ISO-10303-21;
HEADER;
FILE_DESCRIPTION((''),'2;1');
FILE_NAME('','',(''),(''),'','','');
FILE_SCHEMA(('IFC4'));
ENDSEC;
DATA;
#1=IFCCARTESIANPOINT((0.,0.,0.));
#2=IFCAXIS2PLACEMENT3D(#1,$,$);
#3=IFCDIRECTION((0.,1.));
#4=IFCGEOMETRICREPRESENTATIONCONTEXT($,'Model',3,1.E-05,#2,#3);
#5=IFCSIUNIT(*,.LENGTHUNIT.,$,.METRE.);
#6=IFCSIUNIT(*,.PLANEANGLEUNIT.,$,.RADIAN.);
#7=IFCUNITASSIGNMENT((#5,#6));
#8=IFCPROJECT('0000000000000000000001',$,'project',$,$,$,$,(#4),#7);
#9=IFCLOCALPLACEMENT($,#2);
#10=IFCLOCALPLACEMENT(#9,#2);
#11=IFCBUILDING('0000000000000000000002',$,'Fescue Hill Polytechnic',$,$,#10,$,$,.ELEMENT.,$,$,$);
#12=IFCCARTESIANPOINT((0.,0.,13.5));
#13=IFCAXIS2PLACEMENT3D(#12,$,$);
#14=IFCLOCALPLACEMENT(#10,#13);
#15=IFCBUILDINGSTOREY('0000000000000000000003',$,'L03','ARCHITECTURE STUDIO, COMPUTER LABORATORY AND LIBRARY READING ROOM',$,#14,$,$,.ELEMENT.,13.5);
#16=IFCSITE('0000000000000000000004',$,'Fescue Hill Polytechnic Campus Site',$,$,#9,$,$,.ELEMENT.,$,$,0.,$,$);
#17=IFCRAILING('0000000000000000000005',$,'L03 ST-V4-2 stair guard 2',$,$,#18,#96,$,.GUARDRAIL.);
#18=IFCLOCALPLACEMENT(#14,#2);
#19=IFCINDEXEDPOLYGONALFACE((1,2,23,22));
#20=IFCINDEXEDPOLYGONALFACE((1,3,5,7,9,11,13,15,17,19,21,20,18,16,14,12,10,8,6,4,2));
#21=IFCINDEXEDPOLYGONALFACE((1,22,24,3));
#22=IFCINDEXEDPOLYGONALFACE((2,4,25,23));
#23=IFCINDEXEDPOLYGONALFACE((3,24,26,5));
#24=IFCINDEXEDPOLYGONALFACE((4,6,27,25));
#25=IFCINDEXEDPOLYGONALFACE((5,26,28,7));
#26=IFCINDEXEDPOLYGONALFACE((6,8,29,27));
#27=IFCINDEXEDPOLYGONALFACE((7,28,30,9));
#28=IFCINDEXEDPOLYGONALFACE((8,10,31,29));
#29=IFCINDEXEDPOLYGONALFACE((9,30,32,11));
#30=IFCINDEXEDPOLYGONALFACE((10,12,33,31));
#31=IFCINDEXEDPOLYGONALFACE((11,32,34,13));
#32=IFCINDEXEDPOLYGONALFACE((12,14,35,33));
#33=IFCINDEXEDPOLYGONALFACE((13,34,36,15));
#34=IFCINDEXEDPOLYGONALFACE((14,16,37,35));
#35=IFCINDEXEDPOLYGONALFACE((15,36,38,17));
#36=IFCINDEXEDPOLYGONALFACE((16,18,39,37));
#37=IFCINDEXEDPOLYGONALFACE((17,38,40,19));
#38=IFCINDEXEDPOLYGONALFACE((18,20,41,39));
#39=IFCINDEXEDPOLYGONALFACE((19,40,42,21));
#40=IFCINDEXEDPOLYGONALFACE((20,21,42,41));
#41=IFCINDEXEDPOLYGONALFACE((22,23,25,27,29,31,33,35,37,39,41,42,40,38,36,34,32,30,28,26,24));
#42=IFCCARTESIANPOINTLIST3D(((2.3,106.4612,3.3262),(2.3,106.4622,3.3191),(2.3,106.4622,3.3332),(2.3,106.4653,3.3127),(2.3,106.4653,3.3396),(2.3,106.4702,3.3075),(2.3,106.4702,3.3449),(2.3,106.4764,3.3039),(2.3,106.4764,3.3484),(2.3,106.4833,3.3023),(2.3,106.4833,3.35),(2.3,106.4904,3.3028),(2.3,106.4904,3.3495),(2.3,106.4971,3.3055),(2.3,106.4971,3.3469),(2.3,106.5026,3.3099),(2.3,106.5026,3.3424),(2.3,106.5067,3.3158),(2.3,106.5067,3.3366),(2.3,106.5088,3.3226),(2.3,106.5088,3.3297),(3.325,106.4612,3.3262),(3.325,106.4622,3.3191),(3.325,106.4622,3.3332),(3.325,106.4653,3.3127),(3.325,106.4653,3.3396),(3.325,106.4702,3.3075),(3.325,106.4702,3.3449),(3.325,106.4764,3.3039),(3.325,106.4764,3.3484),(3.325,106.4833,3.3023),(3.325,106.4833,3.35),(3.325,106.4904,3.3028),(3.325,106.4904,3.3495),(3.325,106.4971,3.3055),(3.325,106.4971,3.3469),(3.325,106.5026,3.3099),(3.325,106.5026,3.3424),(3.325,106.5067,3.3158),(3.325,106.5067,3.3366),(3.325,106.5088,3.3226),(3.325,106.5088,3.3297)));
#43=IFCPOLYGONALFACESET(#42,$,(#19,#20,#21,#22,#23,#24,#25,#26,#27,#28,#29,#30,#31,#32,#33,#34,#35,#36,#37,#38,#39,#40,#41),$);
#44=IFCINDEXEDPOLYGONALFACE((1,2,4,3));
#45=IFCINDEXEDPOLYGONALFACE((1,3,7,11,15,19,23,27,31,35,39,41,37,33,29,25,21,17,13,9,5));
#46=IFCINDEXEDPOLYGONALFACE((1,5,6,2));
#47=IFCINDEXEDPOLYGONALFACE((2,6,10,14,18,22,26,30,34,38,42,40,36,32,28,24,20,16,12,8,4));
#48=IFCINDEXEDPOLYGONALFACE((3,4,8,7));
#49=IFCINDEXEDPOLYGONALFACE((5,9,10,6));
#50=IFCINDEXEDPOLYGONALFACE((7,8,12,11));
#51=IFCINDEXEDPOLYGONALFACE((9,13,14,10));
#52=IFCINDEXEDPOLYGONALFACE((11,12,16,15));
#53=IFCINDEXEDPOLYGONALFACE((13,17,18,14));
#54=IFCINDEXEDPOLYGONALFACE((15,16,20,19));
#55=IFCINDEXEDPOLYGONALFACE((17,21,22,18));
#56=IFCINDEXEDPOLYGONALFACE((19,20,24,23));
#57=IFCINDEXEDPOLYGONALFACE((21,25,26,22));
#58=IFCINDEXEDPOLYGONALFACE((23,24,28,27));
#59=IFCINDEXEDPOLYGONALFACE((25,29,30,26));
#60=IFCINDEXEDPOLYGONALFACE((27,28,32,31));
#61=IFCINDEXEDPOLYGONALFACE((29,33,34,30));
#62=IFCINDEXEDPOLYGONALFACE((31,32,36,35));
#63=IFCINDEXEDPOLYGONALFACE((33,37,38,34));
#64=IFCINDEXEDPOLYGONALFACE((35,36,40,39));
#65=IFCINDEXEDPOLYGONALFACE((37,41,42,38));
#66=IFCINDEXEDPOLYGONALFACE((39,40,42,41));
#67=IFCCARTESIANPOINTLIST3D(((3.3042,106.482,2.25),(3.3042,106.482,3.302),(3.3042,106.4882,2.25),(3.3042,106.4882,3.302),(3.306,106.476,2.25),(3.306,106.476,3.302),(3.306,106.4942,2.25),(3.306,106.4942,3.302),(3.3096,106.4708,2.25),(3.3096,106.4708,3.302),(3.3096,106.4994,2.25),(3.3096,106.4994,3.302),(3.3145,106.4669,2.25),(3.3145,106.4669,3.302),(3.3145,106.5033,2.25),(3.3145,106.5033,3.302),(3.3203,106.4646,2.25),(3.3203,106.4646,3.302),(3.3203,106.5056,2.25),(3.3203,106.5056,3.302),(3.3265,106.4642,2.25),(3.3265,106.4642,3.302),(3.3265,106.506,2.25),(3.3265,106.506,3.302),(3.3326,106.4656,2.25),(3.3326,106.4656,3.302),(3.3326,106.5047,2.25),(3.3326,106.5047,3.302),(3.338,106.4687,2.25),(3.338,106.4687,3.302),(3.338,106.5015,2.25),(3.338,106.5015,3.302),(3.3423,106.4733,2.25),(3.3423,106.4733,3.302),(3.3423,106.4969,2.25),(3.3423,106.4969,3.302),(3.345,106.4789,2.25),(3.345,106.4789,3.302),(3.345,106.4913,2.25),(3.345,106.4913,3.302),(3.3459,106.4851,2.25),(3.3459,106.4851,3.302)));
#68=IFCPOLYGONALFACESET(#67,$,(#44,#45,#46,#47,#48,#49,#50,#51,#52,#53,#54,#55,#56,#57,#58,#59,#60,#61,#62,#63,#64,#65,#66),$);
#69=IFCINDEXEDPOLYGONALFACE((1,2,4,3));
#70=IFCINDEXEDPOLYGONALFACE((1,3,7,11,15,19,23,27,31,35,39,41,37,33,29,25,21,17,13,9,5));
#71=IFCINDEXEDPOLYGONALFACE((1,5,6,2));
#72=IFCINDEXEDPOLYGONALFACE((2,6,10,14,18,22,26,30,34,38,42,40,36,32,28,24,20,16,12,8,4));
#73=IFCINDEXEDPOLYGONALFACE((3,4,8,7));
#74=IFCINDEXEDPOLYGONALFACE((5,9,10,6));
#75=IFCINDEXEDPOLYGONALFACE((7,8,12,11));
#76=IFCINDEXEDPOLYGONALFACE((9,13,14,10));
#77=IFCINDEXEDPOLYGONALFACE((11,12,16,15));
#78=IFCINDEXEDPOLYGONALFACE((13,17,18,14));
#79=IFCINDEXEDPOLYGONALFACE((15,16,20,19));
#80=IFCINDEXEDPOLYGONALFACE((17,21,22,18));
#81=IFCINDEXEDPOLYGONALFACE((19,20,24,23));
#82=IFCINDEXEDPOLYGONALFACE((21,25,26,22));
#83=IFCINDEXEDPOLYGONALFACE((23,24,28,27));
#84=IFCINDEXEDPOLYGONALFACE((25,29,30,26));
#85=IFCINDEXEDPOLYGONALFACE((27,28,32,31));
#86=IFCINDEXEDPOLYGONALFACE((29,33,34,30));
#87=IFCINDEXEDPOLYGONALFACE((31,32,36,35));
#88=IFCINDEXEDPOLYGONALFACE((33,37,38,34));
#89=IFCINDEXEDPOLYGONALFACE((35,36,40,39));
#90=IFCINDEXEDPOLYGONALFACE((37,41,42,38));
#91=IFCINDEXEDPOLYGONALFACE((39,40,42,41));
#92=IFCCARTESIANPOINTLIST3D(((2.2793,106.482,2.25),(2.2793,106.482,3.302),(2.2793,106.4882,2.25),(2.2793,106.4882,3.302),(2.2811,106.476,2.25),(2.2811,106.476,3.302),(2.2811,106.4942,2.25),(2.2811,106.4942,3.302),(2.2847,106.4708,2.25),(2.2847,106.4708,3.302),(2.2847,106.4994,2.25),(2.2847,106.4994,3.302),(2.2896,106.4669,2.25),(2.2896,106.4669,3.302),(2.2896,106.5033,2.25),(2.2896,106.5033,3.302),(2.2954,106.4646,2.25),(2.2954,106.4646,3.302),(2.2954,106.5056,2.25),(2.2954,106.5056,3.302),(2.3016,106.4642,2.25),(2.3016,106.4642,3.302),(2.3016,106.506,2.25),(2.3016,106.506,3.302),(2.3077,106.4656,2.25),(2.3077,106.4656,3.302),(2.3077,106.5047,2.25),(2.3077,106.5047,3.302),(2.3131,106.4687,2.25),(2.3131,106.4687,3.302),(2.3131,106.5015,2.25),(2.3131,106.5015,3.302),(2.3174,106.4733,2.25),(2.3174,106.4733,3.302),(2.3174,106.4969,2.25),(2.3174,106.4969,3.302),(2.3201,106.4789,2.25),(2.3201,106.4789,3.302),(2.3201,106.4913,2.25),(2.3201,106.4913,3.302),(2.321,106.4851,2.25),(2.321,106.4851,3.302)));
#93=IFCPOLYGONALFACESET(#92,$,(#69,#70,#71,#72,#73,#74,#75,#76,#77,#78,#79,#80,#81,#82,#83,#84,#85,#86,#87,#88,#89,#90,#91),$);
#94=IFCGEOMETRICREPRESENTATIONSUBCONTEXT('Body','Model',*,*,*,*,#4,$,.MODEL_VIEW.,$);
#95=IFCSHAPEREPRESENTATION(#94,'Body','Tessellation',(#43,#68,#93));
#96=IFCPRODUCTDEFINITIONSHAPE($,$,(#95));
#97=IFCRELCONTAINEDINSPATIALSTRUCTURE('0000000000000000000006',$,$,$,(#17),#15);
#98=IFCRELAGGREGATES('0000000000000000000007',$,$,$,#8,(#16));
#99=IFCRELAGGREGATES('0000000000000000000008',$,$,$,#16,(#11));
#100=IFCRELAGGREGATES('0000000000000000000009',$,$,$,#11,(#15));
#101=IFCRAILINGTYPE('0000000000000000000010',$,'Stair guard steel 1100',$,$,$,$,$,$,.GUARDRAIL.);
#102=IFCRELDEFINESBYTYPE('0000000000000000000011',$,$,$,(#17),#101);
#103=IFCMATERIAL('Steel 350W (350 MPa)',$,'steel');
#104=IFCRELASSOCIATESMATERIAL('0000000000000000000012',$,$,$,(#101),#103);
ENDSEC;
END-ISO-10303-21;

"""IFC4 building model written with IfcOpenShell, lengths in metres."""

from ifc_helpers import new_model, si_unit, direction, frame, origin, origin_2d, place, context, subcontext, project, spatial, circle, extrude, material, type_object, element, save


model = new_model("IFC4")

# Units and contexts
model_context = context("Model", 3, precision=1e-05, world=origin(), true_north=direction((0.0, 1.0)))
body_context = subcontext(model_context, "Body", "Model", "MODEL_VIEW")
ifc_project = project(units=[si_unit("LENGTHUNIT", "METRE"), si_unit("PLANEANGLEUNIT", "RADIAN")], contexts=[model_context])

# Site, building, storey
site_placement = place(None, origin())
site = spatial("IfcSite", under=ifc_project, at=site_placement, Name="Fescue Hill Polytechnic Campus Site", CompositionType="ELEMENT", RefElevation=0.0)
building_placement = place(site_placement, origin())
building = spatial("IfcBuilding", under=site, at=building_placement, Name="Fescue Hill Polytechnic", CompositionType="ELEMENT")
storey_placement = place(building_placement, frame((0.0, 0.0, 13.5)))
storey = spatial("IfcBuildingStorey", under=building, at=storey_placement, Name="L03", Description="ARCHITECTURE STUDIO, COMPUTER LABORATORY AND LIBRARY READING ROOM", CompositionType="ELEMENT", Elevation=13.5)

# Railing
ifc_material_1 = material(Name="Steel 350W (350 MPa)", Category="steel")
railing_type_1 = type_object("IfcRailingType", Name="Stair guard steel 1100", PredefinedType="GUARDRAIL", material=ifc_material_1)
railing_1_placement = place(storey_placement, frame((3.325, 106.4851, 2.25)))
element("IfcRailing", 1, at=railing_1_placement, inside=storey, type_object=railing_type_1, Name="L03 ST-V4-2 stair guard 2", PredefinedType="GUARDRAIL", context=body_context, shape_type="SweptSolid", body=[
    extrude(circle(Radius=0.0239, at=origin_2d()), frame((0.0, 0.0, 1.0762), z_axis=(-1.0, 0.0, 0.0), x_axis=(0.0, -1.0, 0.0)), (0.0, 0.0, 1.0), 1.0249),
    extrude(circle(Radius=0.021, at=origin_2d()), origin(), (0.0, 0.0, 1.0), 1.052),
    extrude(circle(Radius=0.021, at=origin_2d()), frame((-1.0249, 0.0, 0.0)), (0.0, 0.0, 1.0), 1.052),
])

save(model, "model.ifc")
